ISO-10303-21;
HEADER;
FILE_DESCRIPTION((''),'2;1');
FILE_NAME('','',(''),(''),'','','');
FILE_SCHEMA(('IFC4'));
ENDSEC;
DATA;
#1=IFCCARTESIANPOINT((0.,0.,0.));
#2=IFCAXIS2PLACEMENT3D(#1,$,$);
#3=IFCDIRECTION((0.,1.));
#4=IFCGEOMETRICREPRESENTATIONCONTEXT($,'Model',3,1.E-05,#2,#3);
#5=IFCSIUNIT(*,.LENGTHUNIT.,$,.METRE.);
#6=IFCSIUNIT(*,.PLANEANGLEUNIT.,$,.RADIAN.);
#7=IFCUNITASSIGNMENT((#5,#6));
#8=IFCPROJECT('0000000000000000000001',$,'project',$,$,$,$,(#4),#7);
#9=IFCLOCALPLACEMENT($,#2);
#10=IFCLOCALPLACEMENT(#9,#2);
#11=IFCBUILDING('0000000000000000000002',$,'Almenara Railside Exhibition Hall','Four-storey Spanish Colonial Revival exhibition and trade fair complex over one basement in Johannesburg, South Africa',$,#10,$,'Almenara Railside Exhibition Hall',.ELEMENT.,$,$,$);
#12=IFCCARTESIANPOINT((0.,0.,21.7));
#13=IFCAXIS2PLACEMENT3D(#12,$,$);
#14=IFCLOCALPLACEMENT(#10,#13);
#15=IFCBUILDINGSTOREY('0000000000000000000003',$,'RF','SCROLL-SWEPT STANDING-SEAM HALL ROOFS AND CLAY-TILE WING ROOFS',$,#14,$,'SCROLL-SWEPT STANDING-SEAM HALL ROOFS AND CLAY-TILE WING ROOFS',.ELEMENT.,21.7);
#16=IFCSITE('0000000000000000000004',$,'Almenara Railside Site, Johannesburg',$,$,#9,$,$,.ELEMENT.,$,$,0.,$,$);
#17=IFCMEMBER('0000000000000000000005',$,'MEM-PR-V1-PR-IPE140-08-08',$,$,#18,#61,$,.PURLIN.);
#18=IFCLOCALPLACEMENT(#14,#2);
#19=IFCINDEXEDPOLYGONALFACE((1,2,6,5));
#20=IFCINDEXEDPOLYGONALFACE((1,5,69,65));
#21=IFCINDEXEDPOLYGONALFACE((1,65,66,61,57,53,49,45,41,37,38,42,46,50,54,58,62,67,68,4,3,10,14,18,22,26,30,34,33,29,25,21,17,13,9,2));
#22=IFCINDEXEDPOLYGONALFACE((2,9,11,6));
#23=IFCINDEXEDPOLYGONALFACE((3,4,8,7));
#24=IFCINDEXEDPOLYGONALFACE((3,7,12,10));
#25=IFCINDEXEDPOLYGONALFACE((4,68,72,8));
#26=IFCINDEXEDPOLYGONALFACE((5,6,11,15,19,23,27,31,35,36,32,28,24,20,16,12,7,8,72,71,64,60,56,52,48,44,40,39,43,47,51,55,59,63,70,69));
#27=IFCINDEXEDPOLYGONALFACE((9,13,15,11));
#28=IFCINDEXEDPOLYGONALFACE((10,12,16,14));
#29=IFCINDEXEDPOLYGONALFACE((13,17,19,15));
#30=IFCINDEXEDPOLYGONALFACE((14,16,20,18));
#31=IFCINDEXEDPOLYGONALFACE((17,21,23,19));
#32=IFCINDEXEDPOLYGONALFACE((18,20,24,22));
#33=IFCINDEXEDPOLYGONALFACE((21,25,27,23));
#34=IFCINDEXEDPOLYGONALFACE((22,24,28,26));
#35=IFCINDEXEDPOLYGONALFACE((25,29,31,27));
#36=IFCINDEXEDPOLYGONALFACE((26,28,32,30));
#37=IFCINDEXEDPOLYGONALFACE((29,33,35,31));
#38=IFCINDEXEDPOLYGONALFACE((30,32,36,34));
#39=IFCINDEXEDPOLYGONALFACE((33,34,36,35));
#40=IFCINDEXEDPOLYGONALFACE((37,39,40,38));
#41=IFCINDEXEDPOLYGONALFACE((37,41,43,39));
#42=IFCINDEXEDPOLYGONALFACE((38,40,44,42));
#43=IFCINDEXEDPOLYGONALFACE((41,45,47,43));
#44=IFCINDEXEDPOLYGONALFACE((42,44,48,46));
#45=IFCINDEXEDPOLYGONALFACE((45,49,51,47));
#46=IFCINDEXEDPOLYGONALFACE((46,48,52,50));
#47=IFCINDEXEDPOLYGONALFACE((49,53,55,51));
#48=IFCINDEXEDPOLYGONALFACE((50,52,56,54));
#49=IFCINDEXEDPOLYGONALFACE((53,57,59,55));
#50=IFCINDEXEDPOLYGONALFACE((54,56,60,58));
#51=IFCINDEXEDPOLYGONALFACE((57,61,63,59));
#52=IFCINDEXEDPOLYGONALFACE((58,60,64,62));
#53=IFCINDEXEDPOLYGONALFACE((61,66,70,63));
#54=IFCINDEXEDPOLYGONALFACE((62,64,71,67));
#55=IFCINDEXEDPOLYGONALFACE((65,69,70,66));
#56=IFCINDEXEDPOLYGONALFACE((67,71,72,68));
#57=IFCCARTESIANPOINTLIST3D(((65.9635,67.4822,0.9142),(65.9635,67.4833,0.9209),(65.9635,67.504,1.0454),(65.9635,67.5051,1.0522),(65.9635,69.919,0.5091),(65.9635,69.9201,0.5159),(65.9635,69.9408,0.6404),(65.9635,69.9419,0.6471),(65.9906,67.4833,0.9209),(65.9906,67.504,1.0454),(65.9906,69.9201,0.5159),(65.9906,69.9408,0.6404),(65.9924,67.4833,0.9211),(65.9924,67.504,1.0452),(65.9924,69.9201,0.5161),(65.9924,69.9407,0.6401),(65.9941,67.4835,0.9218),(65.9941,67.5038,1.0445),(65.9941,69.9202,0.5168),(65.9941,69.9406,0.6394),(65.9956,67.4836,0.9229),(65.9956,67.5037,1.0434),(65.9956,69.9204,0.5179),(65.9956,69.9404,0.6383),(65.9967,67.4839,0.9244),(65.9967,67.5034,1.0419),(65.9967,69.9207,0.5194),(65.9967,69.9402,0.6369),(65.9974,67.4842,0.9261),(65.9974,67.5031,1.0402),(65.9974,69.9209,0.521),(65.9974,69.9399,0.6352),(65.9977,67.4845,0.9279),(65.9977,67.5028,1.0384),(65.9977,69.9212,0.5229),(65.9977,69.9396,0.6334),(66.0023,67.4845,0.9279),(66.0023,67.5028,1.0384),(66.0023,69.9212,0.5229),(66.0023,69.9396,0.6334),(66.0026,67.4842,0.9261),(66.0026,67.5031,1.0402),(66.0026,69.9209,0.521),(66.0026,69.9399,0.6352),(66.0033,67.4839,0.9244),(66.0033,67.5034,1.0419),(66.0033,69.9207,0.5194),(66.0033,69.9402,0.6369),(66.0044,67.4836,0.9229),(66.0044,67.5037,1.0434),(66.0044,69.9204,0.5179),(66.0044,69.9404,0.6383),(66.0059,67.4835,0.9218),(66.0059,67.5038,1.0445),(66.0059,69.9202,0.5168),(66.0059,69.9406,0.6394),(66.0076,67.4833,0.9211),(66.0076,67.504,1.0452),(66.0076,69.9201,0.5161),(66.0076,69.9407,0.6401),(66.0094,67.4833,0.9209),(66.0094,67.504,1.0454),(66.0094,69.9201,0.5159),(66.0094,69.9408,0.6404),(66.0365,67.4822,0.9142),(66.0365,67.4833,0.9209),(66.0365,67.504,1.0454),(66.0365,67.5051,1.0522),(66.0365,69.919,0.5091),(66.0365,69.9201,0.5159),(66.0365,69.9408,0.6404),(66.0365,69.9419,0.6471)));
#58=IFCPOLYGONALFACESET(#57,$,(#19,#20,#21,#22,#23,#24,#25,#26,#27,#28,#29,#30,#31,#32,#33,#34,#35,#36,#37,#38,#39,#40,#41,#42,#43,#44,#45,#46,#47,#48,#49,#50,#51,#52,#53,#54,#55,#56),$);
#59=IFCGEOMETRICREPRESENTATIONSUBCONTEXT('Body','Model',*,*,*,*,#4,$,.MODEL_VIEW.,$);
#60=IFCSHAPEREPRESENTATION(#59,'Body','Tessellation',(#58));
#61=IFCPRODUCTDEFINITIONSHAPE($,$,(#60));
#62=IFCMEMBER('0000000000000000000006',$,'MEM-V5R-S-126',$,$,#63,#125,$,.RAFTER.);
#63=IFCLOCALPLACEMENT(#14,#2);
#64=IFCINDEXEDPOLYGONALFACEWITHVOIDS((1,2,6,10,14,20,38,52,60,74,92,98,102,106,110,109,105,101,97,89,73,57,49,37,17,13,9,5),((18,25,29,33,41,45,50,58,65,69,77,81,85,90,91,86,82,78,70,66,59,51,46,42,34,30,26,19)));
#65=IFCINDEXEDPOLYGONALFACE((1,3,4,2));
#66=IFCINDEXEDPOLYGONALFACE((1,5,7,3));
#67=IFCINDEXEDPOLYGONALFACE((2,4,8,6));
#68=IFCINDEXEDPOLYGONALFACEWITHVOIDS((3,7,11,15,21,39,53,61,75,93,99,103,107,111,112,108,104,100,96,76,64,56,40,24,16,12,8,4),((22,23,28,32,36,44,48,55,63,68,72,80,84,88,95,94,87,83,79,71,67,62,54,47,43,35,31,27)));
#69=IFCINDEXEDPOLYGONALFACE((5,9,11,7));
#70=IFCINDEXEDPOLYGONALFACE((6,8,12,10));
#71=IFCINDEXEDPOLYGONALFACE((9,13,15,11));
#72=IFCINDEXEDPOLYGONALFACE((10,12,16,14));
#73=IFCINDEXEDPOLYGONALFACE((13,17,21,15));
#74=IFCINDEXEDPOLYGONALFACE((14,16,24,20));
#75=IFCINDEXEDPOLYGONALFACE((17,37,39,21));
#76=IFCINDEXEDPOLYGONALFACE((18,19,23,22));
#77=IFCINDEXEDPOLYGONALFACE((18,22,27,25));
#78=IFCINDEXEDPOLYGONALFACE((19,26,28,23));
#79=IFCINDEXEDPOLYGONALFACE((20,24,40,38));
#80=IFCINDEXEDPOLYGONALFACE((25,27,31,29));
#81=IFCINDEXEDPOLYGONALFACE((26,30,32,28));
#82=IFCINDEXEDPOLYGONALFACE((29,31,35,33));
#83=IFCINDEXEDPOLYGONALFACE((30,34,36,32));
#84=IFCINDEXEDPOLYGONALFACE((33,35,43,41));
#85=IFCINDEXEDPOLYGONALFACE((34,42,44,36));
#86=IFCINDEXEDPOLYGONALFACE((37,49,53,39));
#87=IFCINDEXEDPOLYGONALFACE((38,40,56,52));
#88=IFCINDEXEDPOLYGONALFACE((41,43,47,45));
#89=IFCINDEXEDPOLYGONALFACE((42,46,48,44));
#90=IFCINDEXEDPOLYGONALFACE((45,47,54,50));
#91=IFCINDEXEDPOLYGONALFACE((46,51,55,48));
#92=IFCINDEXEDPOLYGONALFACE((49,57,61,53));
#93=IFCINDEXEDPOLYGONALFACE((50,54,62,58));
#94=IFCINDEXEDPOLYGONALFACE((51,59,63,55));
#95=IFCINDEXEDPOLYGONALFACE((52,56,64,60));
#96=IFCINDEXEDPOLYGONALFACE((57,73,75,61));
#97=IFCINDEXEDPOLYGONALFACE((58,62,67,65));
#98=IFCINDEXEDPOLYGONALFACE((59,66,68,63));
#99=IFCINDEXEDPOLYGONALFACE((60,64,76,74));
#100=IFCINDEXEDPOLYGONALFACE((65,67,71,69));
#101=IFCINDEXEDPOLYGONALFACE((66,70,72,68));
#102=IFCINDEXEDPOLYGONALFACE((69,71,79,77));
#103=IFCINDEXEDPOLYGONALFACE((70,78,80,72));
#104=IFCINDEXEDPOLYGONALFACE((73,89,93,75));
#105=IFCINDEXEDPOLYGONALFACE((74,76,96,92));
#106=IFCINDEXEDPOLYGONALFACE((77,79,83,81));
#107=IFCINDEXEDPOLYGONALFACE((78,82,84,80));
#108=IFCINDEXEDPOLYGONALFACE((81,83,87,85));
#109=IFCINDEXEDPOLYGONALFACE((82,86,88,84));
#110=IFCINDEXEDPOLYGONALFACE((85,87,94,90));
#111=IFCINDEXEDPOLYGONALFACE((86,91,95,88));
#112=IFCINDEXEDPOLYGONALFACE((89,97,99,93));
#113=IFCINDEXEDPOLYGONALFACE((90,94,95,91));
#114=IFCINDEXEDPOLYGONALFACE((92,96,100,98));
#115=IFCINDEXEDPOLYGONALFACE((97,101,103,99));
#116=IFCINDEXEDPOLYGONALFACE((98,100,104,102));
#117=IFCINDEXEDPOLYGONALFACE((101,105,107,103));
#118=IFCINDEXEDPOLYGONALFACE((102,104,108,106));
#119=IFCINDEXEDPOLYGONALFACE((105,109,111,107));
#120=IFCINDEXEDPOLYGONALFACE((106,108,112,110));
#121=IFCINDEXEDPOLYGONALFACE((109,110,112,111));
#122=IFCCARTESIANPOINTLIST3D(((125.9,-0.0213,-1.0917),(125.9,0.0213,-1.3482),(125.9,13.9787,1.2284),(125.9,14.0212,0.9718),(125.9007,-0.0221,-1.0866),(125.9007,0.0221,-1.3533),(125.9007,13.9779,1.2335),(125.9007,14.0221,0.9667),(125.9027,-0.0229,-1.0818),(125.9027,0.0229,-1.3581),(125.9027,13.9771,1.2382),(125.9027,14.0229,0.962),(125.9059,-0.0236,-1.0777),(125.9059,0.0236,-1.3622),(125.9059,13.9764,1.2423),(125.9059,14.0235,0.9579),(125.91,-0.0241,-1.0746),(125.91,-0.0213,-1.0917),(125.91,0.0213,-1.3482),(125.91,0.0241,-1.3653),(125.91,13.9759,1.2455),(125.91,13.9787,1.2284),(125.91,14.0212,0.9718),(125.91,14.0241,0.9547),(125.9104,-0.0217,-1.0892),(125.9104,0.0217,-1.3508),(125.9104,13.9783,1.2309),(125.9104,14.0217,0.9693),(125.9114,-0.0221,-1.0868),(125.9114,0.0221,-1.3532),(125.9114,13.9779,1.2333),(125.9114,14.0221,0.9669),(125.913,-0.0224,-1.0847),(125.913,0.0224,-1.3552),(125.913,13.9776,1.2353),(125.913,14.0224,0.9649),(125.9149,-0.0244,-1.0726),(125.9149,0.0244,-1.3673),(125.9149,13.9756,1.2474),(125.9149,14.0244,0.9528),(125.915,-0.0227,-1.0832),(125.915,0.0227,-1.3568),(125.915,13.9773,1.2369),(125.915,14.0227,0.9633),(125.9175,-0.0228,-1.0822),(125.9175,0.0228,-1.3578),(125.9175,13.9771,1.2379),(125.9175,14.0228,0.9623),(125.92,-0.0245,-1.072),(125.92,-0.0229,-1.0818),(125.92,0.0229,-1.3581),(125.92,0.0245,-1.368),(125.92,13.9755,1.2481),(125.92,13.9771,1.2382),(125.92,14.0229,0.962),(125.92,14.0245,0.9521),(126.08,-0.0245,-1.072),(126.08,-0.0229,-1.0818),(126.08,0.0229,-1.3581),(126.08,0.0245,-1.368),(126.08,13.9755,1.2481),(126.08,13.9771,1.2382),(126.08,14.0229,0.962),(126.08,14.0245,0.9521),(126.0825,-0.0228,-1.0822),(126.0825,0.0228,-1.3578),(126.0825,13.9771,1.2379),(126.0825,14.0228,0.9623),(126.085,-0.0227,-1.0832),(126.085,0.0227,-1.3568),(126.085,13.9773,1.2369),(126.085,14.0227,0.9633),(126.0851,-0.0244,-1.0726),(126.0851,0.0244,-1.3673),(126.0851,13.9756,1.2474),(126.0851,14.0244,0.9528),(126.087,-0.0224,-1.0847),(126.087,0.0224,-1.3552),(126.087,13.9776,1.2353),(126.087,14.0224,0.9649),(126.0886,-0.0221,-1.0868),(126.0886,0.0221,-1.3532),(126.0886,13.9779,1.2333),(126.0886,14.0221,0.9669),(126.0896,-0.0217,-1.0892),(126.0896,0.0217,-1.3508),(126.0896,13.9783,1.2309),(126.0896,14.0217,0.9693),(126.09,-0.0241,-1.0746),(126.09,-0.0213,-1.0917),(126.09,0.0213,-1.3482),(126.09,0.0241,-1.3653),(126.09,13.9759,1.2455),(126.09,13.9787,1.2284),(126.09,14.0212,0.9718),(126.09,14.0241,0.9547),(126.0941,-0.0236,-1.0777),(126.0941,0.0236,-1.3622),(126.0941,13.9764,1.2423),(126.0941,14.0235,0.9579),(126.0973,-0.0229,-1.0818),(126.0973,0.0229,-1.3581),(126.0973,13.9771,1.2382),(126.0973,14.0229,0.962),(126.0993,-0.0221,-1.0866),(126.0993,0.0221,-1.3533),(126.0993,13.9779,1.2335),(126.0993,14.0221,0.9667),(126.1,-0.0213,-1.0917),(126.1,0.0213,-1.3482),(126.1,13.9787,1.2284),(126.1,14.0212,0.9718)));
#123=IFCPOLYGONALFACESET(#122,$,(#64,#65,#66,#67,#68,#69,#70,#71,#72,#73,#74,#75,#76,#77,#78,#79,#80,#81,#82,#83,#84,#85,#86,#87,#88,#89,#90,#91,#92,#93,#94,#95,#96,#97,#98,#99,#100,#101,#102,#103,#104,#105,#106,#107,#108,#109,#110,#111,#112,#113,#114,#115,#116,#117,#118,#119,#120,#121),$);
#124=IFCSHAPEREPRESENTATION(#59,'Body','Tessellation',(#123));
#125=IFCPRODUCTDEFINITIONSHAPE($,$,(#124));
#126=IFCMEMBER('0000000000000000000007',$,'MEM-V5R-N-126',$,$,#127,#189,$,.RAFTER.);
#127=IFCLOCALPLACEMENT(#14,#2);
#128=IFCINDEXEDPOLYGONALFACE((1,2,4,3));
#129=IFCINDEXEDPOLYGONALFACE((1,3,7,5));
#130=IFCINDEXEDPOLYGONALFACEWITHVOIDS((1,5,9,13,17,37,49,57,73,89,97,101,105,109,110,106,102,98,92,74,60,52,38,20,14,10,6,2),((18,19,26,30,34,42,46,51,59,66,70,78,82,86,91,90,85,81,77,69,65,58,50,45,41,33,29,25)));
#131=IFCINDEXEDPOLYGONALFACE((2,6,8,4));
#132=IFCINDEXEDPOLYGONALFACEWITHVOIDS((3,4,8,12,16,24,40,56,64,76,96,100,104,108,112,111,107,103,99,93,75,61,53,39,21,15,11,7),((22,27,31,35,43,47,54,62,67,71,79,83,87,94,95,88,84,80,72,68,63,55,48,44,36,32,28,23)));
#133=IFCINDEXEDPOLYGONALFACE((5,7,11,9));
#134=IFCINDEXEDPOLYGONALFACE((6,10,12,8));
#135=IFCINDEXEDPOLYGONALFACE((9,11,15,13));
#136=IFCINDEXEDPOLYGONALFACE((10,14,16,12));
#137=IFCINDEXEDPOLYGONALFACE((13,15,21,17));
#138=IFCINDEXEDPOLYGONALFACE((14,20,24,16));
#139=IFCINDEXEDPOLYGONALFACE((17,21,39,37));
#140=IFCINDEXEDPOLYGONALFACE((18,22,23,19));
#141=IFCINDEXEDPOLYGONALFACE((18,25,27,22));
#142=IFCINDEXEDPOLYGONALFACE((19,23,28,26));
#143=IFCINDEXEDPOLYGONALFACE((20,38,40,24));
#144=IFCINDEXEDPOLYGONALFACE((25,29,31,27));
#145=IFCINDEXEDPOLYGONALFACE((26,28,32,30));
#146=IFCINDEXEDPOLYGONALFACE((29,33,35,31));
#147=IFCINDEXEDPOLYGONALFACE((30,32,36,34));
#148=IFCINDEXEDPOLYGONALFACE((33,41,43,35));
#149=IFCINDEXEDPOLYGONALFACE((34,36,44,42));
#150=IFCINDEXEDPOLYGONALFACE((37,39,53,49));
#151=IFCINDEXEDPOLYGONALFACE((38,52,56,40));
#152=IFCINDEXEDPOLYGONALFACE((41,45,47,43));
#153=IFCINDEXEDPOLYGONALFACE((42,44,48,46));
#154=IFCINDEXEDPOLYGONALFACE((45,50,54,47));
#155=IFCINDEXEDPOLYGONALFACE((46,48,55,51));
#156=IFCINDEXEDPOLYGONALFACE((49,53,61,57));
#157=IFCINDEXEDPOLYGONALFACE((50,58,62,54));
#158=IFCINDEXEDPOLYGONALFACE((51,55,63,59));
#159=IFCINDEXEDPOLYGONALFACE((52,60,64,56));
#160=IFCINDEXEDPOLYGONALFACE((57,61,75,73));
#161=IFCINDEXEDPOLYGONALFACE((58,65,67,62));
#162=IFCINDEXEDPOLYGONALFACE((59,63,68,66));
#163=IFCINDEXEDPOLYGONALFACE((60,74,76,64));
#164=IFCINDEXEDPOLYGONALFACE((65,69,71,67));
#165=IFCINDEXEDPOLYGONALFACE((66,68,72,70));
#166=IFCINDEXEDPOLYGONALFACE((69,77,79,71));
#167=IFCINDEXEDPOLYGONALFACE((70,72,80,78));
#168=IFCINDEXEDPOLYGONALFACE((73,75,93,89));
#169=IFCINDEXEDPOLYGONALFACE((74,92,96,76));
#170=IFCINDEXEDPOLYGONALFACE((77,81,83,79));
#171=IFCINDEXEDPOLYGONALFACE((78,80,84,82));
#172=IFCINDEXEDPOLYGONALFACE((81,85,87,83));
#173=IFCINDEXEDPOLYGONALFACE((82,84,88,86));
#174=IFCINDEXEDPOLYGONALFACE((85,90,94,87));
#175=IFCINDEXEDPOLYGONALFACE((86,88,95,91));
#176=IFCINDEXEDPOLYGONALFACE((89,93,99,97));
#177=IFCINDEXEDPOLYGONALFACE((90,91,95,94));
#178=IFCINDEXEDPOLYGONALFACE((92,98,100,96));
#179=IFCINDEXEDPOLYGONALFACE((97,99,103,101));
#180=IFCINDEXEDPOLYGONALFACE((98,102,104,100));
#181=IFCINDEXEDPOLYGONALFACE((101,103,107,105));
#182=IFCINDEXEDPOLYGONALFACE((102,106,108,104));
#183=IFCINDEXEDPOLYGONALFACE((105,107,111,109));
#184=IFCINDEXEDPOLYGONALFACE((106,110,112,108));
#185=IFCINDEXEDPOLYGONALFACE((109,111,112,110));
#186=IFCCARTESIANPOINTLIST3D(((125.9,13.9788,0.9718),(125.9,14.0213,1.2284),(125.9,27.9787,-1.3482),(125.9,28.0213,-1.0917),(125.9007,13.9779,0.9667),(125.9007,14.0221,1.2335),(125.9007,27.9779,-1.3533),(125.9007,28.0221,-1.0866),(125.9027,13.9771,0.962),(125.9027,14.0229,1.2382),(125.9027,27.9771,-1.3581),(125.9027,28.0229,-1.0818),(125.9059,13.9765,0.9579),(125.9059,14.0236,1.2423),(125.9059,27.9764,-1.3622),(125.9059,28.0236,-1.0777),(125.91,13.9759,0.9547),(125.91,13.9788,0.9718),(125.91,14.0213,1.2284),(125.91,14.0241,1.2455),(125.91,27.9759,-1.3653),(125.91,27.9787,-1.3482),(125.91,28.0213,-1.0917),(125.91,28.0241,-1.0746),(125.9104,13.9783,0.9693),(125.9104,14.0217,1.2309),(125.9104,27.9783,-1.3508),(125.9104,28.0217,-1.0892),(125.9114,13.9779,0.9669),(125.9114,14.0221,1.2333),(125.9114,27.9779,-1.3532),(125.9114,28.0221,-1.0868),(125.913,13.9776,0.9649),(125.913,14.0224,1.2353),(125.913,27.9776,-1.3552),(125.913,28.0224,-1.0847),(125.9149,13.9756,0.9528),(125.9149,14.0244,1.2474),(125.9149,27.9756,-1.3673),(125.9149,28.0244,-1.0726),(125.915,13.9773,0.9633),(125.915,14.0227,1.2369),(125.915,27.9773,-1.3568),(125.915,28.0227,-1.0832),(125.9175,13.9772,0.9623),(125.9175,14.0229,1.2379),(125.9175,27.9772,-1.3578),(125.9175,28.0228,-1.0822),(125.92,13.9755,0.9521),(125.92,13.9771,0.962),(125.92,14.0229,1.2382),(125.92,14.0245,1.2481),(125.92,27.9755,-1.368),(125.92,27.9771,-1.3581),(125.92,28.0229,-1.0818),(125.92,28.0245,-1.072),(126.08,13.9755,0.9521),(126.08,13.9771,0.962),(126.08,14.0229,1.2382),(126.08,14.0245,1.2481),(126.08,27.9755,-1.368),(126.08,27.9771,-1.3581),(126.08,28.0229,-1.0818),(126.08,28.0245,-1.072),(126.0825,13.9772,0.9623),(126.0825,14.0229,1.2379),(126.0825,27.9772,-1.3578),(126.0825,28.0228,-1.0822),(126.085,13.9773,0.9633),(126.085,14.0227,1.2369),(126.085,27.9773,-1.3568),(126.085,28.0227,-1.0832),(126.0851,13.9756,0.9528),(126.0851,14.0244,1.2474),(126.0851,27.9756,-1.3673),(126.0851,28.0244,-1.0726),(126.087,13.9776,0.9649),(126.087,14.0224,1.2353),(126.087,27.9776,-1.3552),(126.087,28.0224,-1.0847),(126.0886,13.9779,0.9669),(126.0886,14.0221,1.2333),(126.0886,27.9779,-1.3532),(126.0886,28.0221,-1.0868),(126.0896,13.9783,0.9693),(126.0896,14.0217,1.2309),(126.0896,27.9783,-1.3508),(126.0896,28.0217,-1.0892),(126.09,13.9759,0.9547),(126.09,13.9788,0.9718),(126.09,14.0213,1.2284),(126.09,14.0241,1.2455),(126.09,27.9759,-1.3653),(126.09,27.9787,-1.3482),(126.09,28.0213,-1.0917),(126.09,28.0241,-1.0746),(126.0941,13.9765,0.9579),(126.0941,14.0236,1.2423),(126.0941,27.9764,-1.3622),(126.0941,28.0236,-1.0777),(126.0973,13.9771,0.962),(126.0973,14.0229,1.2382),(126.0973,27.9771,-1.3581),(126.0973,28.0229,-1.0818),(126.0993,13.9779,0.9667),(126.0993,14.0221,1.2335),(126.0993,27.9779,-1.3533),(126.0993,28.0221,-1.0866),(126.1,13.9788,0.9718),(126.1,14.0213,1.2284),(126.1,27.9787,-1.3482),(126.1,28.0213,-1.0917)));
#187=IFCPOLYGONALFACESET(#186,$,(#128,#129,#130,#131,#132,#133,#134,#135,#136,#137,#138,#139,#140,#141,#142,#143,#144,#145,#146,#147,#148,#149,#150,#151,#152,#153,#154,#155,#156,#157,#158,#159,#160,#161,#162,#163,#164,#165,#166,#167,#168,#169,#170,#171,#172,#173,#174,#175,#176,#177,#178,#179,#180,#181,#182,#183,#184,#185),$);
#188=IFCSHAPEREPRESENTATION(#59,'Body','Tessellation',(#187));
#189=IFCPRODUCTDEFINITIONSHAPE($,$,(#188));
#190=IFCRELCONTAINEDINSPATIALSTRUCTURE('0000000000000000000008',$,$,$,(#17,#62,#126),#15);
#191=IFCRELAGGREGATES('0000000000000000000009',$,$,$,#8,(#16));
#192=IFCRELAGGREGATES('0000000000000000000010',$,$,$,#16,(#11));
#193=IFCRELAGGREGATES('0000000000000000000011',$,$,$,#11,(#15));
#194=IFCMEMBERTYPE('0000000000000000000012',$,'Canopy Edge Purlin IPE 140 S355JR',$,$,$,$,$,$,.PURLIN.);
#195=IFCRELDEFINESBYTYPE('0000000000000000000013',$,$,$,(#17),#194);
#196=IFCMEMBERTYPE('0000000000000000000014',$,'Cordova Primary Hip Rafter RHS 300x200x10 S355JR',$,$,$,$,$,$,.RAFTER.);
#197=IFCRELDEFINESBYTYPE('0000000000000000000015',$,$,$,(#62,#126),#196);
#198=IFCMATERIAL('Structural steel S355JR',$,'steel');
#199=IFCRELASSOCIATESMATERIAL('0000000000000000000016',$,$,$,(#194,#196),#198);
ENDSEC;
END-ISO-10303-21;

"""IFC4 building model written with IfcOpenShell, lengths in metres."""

from ifc_helpers import new_model, si_unit, direction, frame, origin, origin_2d, place, context, subcontext, project, spatial, hollow_rectangle, i_section, extrude, material, material_profile, profile_set, type_object, element, save


model = new_model("IFC4")

# Units and contexts
model_context = context("Model", 3, precision=1e-05, world=origin(), true_north=direction((0.0, 1.0)))
body_context = subcontext(model_context, "Body", "Model", "MODEL_VIEW")
ifc_project = project(units=[si_unit("LENGTHUNIT", "METRE"), si_unit("PLANEANGLEUNIT", "RADIAN")], contexts=[model_context])

# Site, building, storey
site_placement = place(None, origin())
site = spatial("IfcSite", under=ifc_project, at=site_placement, Name="Almenara Railside Site, Johannesburg", CompositionType="ELEMENT", RefElevation=0.0)
building_placement = place(site_placement, origin())
building = spatial("IfcBuilding", under=site, at=building_placement, Name="Almenara Railside Exhibition Hall", Description="Four-storey Spanish Colonial Revival exhibition and trade fair complex over one basement in Johannesburg, South Africa", LongName="Almenara Railside Exhibition Hall", CompositionType="ELEMENT")
storey_placement = place(building_placement, frame((0.0, 0.0, 21.7)))
storey = spatial("IfcBuildingStorey", under=building, at=storey_placement, Name="RF", Description="SCROLL-SWEPT STANDING-SEAM HALL ROOFS AND CLAY-TILE WING ROOFS", LongName="SCROLL-SWEPT STANDING-SEAM HALL ROOFS AND CLAY-TILE WING ROOFS", CompositionType="ELEMENT", Elevation=21.7)

# Shared definitions
ifc_material_1 = material(Name="Structural steel S355JR", Category="steel")

# Members
ifc_material_profile_1 = material_profile(ifc_material_1, i_section(OverallWidth=0.073, OverallDepth=0.1399, WebThickness=0.0046, FlangeThickness=0.0068, FilletRadius=0.0071, at=origin_2d()), Name="IPE 140")
ifc_profile_set_1 = profile_set([ifc_material_profile_1], Name="Structural steel S355JR")
member_type_1 = type_object("IfcMemberType", Name="Canopy Edge Purlin IPE 140 S355JR", PredefinedType="PURLIN", material=ifc_profile_set_1)
member_1_placement = place(storey_placement, frame((66.0, 67.4937, 0.9832), z_axis=(0.0, 0.986466, -0.163966), x_axis=(-1.0, 0.0, 0.0)))
element("IfcMember", 1, at=member_1_placement, inside=storey, type_object=member_type_1, Name="MEM-PR-V1-PR-IPE140-08-08", PredefinedType="PURLIN", context=body_context, shape_type="SweptSolid", body=[
    extrude(i_section(OverallWidth=0.073, OverallDepth=0.1399, WebThickness=0.0046, FlangeThickness=0.0068, FilletRadius=0.0071, at=origin_2d()), origin(), (0.0, 0.0, 1.0), 2.4702),
])
ifc_material_profile_2 = material_profile(ifc_material_1, hollow_rectangle(XDim=0.2, YDim=0.3, WallThickness=0.01, InnerFilletRadius=0.01, OuterFilletRadius=0.02, at=origin_2d()), Name="RHS 300x200x10")
ifc_profile_set_2 = profile_set([ifc_material_profile_2], Name="Structural steel S355JR")
member_type_2 = type_object("IfcMemberType", Name="Cordova Primary Hip Rafter RHS 300x200x10 S355JR", PredefinedType="RAFTER", material=ifc_profile_set_2)
for number, where, z_axis, x_axis, name in (
    (2, (126.0, 0.0, -1.22), (0.0, 0.986545, 0.163489), (-1.0, 0.0, 0.0), "MEM-V5R-S-126"),
    (3, (126.0, 28.0, -1.22), (0.0, -0.986545, 0.163489), (1.0, 0.0, 0.0), "MEM-V5R-N-126"),
):
    element("IfcMember", number, at=place(storey_placement, frame(where, z_axis=z_axis, x_axis=x_axis)), inside=storey, type_object=member_type_2, Name=name, PredefinedType="RAFTER", context=body_context, shape_type="SweptSolid", body=[
        extrude(hollow_rectangle(XDim=0.2, YDim=0.3, WallThickness=0.01, InnerFilletRadius=0.01, OuterFilletRadius=0.02, at=origin_2d()), origin(), (0.0, 0.0, 1.0), 14.1909),
    ])

save(model, "model.ifc")
